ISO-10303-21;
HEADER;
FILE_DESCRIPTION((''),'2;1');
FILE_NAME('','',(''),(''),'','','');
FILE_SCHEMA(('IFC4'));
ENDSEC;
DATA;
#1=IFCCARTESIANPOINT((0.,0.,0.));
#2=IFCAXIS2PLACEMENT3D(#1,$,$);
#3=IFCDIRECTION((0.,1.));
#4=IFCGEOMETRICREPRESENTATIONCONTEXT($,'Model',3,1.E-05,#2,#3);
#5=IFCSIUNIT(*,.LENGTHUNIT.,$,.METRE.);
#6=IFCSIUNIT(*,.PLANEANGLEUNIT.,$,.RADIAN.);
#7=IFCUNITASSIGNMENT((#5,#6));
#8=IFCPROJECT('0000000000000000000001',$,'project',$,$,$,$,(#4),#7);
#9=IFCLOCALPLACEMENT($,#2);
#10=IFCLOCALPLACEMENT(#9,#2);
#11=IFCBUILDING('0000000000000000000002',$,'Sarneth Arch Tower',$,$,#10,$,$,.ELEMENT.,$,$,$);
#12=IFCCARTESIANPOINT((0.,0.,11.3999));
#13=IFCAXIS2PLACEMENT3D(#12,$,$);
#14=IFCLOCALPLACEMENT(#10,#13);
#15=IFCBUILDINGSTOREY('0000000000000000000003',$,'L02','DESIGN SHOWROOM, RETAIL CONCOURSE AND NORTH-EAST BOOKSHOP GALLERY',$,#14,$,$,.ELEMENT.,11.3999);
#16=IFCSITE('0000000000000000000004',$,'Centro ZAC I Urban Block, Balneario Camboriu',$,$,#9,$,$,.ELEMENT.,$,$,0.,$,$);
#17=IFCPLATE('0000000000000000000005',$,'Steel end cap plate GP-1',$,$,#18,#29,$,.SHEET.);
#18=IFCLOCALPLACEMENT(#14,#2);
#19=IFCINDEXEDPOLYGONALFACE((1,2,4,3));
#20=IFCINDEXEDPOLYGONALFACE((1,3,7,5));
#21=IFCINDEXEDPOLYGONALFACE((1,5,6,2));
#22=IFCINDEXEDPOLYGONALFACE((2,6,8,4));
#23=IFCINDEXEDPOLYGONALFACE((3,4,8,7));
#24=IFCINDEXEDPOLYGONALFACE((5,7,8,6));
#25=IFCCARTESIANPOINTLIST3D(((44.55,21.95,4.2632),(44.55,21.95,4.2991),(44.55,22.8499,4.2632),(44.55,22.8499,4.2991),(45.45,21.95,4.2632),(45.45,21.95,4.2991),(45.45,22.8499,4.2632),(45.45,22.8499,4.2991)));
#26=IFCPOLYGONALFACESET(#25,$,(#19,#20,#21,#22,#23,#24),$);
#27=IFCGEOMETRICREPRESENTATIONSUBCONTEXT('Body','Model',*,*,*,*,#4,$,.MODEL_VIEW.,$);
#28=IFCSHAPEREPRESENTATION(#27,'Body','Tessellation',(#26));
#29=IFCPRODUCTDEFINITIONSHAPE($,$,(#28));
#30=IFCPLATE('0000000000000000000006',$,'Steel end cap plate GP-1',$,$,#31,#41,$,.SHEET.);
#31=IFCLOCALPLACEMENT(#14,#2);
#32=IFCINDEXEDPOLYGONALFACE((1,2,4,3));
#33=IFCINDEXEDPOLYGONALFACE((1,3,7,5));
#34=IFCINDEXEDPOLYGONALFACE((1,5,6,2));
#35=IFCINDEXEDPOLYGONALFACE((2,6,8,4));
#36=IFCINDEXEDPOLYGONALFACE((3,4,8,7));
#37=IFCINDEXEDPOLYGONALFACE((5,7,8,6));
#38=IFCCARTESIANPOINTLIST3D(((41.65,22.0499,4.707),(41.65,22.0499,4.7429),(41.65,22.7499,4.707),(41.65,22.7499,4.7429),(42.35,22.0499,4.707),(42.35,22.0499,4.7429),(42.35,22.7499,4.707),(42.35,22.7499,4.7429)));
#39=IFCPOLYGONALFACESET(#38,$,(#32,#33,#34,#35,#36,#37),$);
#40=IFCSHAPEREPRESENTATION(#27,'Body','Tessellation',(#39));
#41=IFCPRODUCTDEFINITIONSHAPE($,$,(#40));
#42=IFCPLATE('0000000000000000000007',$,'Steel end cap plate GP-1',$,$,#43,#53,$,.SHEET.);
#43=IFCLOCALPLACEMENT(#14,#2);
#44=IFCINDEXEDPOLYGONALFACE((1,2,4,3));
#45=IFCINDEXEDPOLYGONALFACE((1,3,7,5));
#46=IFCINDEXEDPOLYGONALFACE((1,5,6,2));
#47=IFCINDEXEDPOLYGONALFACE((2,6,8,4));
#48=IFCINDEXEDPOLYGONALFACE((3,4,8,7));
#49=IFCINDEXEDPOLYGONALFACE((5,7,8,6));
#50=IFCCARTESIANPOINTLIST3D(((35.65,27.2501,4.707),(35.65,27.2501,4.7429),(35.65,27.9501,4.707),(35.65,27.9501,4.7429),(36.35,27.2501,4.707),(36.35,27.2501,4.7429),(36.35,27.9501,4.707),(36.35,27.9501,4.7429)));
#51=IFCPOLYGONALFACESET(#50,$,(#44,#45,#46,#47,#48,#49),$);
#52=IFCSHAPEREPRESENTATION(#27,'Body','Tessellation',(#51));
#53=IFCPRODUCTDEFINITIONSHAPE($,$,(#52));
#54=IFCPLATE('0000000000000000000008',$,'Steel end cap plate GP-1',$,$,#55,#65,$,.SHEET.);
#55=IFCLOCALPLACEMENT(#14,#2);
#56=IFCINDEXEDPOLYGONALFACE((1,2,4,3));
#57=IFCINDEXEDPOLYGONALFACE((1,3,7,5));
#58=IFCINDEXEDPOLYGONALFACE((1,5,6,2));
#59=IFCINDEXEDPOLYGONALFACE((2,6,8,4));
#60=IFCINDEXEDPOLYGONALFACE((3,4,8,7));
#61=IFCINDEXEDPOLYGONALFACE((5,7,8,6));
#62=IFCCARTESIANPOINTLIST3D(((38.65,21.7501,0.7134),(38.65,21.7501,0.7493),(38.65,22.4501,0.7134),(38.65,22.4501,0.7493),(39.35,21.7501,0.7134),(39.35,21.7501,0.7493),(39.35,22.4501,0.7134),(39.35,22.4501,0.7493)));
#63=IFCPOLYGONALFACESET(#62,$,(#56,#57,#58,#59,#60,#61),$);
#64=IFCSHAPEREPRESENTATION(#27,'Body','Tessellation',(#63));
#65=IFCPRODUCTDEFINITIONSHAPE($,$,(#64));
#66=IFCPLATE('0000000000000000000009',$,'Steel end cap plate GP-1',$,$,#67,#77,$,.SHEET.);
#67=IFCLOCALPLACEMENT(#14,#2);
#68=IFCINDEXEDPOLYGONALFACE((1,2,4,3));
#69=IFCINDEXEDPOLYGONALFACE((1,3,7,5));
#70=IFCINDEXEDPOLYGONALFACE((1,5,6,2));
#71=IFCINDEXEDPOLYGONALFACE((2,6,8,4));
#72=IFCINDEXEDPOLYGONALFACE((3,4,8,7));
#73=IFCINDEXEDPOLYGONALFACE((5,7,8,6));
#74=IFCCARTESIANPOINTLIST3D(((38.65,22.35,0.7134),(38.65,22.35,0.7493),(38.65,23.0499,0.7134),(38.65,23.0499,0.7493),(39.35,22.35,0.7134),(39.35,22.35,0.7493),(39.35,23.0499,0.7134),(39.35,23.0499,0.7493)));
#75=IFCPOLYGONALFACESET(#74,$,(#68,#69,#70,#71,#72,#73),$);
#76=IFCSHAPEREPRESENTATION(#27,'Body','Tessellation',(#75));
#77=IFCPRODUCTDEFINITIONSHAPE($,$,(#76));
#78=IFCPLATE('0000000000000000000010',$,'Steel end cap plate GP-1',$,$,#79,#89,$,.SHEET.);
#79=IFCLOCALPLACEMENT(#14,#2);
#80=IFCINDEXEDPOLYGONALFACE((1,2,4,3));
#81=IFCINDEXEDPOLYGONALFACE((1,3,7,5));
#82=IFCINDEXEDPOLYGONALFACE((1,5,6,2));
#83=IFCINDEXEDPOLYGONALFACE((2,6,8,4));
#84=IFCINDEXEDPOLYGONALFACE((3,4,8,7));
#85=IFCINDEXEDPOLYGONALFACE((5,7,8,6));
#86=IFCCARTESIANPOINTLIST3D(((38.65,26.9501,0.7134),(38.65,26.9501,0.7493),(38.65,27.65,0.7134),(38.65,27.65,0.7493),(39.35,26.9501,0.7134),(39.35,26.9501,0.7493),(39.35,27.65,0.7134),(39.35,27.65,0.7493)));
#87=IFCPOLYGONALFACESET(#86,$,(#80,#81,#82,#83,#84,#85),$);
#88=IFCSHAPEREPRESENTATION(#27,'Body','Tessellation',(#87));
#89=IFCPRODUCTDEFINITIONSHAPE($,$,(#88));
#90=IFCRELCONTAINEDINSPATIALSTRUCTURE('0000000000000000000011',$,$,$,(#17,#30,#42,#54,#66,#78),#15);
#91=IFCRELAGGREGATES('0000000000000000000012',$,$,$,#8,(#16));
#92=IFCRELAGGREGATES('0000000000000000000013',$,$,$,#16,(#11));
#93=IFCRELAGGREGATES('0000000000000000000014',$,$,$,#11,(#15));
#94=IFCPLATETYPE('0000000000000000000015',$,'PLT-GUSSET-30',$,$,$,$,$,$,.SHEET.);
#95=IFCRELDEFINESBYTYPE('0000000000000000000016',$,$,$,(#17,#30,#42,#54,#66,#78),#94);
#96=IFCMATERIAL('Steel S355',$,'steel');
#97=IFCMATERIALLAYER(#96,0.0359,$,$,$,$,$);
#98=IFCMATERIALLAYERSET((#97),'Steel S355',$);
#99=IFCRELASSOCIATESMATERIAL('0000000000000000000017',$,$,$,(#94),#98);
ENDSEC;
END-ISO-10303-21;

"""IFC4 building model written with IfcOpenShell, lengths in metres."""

from ifc_helpers import new_model, si_unit, direction, frame, origin, origin_2d, place, context, subcontext, project, spatial, rectangle, extrude, material, layer, layer_set, type_object, element, save


model = new_model("IFC4")

# Units and contexts
model_context = context("Model", 3, precision=1e-05, world=origin(), true_north=direction((0.0, 1.0)))
body_context = subcontext(model_context, "Body", "Model", "MODEL_VIEW")
ifc_project = project(units=[si_unit("LENGTHUNIT", "METRE"), si_unit("PLANEANGLEUNIT", "RADIAN")], contexts=[model_context])

# Site, building, storey
site_placement = place(None, origin())
site = spatial("IfcSite", under=ifc_project, at=site_placement, Name="Centro ZAC I Urban Block, Balneario Camboriu", CompositionType="ELEMENT", RefElevation=0.0)
building_placement = place(site_placement, origin())
building = spatial("IfcBuilding", under=site, at=building_placement, Name="Sarneth Arch Tower", CompositionType="ELEMENT")
storey_placement = place(building_placement, frame((0.0, 0.0, 11.3999)))
storey = spatial("IfcBuildingStorey", under=building, at=storey_placement, Name="L02", Description="DESIGN SHOWROOM, RETAIL CONCOURSE AND NORTH-EAST BOOKSHOP GALLERY", CompositionType="ELEMENT", Elevation=11.3999)

# Plates
ifc_material_1 = material(Name="Steel S355", Category="steel")
ifc_layer = layer(ifc_material_1, 0.0359)
ifc_layer_set = layer_set([ifc_layer], Name="Steel S355")
plate_type = type_object("IfcPlateType", Name="PLT-GUSSET-30", PredefinedType="SHEET", material=ifc_layer_set)
plate_1_placement = place(storey_placement, frame((45.0, 22.3999, 4.2632), z_axis=(0.0, 0.0, 1.0), x_axis=(-1.0, 0.0, 0.0)))
element("IfcPlate", 1, at=plate_1_placement, inside=storey, type_object=plate_type, Name="Steel end cap plate GP-1", PredefinedType="SHEET", context=body_context, shape_type="SweptSolid", body=[
    extrude(rectangle(XDim=0.8999, YDim=0.8999, at=origin_2d()), origin(), (0.0, 0.0, 1.0), 0.0359),
])
for number, where, z_axis, x_axis, name in (
    (2, (42.0, 22.3999, 4.707), (0.0, 0.0, 1.0), (1.0, 0.0, 0.0), "Steel end cap plate GP-1"),
    (3, (36.0, 27.6001, 4.707), (0.0, 0.0, 1.0), (1.0, 0.0, 0.0), "Steel end cap plate GP-1"),
    (4, (39.0, 22.1001, 0.7134), (0.0, 0.0, 1.0), (0.0, 1.0, 0.0), "Steel end cap plate GP-1"),
    (5, (39.0, 22.7, 0.7134), (0.0, 0.0, 1.0), (0.0, -1.0, 0.0), "Steel end cap plate GP-1"),
    (6, (39.0, 27.3, 0.7134), (0.0, 0.0, 1.0), (0.0, 1.0, 0.0), "Steel end cap plate GP-1"),
):
    element("IfcPlate", number, at=place(storey_placement, frame(where, z_axis=z_axis, x_axis=x_axis)), inside=storey, type_object=plate_type, Name=name, PredefinedType="SHEET", context=body_context, shape_type="SweptSolid", body=[
        extrude(rectangle(XDim=0.7, YDim=0.7, at=origin_2d()), origin(), (0.0, 0.0, 1.0), 0.0359),
    ])

save(model, "model.ifc")
